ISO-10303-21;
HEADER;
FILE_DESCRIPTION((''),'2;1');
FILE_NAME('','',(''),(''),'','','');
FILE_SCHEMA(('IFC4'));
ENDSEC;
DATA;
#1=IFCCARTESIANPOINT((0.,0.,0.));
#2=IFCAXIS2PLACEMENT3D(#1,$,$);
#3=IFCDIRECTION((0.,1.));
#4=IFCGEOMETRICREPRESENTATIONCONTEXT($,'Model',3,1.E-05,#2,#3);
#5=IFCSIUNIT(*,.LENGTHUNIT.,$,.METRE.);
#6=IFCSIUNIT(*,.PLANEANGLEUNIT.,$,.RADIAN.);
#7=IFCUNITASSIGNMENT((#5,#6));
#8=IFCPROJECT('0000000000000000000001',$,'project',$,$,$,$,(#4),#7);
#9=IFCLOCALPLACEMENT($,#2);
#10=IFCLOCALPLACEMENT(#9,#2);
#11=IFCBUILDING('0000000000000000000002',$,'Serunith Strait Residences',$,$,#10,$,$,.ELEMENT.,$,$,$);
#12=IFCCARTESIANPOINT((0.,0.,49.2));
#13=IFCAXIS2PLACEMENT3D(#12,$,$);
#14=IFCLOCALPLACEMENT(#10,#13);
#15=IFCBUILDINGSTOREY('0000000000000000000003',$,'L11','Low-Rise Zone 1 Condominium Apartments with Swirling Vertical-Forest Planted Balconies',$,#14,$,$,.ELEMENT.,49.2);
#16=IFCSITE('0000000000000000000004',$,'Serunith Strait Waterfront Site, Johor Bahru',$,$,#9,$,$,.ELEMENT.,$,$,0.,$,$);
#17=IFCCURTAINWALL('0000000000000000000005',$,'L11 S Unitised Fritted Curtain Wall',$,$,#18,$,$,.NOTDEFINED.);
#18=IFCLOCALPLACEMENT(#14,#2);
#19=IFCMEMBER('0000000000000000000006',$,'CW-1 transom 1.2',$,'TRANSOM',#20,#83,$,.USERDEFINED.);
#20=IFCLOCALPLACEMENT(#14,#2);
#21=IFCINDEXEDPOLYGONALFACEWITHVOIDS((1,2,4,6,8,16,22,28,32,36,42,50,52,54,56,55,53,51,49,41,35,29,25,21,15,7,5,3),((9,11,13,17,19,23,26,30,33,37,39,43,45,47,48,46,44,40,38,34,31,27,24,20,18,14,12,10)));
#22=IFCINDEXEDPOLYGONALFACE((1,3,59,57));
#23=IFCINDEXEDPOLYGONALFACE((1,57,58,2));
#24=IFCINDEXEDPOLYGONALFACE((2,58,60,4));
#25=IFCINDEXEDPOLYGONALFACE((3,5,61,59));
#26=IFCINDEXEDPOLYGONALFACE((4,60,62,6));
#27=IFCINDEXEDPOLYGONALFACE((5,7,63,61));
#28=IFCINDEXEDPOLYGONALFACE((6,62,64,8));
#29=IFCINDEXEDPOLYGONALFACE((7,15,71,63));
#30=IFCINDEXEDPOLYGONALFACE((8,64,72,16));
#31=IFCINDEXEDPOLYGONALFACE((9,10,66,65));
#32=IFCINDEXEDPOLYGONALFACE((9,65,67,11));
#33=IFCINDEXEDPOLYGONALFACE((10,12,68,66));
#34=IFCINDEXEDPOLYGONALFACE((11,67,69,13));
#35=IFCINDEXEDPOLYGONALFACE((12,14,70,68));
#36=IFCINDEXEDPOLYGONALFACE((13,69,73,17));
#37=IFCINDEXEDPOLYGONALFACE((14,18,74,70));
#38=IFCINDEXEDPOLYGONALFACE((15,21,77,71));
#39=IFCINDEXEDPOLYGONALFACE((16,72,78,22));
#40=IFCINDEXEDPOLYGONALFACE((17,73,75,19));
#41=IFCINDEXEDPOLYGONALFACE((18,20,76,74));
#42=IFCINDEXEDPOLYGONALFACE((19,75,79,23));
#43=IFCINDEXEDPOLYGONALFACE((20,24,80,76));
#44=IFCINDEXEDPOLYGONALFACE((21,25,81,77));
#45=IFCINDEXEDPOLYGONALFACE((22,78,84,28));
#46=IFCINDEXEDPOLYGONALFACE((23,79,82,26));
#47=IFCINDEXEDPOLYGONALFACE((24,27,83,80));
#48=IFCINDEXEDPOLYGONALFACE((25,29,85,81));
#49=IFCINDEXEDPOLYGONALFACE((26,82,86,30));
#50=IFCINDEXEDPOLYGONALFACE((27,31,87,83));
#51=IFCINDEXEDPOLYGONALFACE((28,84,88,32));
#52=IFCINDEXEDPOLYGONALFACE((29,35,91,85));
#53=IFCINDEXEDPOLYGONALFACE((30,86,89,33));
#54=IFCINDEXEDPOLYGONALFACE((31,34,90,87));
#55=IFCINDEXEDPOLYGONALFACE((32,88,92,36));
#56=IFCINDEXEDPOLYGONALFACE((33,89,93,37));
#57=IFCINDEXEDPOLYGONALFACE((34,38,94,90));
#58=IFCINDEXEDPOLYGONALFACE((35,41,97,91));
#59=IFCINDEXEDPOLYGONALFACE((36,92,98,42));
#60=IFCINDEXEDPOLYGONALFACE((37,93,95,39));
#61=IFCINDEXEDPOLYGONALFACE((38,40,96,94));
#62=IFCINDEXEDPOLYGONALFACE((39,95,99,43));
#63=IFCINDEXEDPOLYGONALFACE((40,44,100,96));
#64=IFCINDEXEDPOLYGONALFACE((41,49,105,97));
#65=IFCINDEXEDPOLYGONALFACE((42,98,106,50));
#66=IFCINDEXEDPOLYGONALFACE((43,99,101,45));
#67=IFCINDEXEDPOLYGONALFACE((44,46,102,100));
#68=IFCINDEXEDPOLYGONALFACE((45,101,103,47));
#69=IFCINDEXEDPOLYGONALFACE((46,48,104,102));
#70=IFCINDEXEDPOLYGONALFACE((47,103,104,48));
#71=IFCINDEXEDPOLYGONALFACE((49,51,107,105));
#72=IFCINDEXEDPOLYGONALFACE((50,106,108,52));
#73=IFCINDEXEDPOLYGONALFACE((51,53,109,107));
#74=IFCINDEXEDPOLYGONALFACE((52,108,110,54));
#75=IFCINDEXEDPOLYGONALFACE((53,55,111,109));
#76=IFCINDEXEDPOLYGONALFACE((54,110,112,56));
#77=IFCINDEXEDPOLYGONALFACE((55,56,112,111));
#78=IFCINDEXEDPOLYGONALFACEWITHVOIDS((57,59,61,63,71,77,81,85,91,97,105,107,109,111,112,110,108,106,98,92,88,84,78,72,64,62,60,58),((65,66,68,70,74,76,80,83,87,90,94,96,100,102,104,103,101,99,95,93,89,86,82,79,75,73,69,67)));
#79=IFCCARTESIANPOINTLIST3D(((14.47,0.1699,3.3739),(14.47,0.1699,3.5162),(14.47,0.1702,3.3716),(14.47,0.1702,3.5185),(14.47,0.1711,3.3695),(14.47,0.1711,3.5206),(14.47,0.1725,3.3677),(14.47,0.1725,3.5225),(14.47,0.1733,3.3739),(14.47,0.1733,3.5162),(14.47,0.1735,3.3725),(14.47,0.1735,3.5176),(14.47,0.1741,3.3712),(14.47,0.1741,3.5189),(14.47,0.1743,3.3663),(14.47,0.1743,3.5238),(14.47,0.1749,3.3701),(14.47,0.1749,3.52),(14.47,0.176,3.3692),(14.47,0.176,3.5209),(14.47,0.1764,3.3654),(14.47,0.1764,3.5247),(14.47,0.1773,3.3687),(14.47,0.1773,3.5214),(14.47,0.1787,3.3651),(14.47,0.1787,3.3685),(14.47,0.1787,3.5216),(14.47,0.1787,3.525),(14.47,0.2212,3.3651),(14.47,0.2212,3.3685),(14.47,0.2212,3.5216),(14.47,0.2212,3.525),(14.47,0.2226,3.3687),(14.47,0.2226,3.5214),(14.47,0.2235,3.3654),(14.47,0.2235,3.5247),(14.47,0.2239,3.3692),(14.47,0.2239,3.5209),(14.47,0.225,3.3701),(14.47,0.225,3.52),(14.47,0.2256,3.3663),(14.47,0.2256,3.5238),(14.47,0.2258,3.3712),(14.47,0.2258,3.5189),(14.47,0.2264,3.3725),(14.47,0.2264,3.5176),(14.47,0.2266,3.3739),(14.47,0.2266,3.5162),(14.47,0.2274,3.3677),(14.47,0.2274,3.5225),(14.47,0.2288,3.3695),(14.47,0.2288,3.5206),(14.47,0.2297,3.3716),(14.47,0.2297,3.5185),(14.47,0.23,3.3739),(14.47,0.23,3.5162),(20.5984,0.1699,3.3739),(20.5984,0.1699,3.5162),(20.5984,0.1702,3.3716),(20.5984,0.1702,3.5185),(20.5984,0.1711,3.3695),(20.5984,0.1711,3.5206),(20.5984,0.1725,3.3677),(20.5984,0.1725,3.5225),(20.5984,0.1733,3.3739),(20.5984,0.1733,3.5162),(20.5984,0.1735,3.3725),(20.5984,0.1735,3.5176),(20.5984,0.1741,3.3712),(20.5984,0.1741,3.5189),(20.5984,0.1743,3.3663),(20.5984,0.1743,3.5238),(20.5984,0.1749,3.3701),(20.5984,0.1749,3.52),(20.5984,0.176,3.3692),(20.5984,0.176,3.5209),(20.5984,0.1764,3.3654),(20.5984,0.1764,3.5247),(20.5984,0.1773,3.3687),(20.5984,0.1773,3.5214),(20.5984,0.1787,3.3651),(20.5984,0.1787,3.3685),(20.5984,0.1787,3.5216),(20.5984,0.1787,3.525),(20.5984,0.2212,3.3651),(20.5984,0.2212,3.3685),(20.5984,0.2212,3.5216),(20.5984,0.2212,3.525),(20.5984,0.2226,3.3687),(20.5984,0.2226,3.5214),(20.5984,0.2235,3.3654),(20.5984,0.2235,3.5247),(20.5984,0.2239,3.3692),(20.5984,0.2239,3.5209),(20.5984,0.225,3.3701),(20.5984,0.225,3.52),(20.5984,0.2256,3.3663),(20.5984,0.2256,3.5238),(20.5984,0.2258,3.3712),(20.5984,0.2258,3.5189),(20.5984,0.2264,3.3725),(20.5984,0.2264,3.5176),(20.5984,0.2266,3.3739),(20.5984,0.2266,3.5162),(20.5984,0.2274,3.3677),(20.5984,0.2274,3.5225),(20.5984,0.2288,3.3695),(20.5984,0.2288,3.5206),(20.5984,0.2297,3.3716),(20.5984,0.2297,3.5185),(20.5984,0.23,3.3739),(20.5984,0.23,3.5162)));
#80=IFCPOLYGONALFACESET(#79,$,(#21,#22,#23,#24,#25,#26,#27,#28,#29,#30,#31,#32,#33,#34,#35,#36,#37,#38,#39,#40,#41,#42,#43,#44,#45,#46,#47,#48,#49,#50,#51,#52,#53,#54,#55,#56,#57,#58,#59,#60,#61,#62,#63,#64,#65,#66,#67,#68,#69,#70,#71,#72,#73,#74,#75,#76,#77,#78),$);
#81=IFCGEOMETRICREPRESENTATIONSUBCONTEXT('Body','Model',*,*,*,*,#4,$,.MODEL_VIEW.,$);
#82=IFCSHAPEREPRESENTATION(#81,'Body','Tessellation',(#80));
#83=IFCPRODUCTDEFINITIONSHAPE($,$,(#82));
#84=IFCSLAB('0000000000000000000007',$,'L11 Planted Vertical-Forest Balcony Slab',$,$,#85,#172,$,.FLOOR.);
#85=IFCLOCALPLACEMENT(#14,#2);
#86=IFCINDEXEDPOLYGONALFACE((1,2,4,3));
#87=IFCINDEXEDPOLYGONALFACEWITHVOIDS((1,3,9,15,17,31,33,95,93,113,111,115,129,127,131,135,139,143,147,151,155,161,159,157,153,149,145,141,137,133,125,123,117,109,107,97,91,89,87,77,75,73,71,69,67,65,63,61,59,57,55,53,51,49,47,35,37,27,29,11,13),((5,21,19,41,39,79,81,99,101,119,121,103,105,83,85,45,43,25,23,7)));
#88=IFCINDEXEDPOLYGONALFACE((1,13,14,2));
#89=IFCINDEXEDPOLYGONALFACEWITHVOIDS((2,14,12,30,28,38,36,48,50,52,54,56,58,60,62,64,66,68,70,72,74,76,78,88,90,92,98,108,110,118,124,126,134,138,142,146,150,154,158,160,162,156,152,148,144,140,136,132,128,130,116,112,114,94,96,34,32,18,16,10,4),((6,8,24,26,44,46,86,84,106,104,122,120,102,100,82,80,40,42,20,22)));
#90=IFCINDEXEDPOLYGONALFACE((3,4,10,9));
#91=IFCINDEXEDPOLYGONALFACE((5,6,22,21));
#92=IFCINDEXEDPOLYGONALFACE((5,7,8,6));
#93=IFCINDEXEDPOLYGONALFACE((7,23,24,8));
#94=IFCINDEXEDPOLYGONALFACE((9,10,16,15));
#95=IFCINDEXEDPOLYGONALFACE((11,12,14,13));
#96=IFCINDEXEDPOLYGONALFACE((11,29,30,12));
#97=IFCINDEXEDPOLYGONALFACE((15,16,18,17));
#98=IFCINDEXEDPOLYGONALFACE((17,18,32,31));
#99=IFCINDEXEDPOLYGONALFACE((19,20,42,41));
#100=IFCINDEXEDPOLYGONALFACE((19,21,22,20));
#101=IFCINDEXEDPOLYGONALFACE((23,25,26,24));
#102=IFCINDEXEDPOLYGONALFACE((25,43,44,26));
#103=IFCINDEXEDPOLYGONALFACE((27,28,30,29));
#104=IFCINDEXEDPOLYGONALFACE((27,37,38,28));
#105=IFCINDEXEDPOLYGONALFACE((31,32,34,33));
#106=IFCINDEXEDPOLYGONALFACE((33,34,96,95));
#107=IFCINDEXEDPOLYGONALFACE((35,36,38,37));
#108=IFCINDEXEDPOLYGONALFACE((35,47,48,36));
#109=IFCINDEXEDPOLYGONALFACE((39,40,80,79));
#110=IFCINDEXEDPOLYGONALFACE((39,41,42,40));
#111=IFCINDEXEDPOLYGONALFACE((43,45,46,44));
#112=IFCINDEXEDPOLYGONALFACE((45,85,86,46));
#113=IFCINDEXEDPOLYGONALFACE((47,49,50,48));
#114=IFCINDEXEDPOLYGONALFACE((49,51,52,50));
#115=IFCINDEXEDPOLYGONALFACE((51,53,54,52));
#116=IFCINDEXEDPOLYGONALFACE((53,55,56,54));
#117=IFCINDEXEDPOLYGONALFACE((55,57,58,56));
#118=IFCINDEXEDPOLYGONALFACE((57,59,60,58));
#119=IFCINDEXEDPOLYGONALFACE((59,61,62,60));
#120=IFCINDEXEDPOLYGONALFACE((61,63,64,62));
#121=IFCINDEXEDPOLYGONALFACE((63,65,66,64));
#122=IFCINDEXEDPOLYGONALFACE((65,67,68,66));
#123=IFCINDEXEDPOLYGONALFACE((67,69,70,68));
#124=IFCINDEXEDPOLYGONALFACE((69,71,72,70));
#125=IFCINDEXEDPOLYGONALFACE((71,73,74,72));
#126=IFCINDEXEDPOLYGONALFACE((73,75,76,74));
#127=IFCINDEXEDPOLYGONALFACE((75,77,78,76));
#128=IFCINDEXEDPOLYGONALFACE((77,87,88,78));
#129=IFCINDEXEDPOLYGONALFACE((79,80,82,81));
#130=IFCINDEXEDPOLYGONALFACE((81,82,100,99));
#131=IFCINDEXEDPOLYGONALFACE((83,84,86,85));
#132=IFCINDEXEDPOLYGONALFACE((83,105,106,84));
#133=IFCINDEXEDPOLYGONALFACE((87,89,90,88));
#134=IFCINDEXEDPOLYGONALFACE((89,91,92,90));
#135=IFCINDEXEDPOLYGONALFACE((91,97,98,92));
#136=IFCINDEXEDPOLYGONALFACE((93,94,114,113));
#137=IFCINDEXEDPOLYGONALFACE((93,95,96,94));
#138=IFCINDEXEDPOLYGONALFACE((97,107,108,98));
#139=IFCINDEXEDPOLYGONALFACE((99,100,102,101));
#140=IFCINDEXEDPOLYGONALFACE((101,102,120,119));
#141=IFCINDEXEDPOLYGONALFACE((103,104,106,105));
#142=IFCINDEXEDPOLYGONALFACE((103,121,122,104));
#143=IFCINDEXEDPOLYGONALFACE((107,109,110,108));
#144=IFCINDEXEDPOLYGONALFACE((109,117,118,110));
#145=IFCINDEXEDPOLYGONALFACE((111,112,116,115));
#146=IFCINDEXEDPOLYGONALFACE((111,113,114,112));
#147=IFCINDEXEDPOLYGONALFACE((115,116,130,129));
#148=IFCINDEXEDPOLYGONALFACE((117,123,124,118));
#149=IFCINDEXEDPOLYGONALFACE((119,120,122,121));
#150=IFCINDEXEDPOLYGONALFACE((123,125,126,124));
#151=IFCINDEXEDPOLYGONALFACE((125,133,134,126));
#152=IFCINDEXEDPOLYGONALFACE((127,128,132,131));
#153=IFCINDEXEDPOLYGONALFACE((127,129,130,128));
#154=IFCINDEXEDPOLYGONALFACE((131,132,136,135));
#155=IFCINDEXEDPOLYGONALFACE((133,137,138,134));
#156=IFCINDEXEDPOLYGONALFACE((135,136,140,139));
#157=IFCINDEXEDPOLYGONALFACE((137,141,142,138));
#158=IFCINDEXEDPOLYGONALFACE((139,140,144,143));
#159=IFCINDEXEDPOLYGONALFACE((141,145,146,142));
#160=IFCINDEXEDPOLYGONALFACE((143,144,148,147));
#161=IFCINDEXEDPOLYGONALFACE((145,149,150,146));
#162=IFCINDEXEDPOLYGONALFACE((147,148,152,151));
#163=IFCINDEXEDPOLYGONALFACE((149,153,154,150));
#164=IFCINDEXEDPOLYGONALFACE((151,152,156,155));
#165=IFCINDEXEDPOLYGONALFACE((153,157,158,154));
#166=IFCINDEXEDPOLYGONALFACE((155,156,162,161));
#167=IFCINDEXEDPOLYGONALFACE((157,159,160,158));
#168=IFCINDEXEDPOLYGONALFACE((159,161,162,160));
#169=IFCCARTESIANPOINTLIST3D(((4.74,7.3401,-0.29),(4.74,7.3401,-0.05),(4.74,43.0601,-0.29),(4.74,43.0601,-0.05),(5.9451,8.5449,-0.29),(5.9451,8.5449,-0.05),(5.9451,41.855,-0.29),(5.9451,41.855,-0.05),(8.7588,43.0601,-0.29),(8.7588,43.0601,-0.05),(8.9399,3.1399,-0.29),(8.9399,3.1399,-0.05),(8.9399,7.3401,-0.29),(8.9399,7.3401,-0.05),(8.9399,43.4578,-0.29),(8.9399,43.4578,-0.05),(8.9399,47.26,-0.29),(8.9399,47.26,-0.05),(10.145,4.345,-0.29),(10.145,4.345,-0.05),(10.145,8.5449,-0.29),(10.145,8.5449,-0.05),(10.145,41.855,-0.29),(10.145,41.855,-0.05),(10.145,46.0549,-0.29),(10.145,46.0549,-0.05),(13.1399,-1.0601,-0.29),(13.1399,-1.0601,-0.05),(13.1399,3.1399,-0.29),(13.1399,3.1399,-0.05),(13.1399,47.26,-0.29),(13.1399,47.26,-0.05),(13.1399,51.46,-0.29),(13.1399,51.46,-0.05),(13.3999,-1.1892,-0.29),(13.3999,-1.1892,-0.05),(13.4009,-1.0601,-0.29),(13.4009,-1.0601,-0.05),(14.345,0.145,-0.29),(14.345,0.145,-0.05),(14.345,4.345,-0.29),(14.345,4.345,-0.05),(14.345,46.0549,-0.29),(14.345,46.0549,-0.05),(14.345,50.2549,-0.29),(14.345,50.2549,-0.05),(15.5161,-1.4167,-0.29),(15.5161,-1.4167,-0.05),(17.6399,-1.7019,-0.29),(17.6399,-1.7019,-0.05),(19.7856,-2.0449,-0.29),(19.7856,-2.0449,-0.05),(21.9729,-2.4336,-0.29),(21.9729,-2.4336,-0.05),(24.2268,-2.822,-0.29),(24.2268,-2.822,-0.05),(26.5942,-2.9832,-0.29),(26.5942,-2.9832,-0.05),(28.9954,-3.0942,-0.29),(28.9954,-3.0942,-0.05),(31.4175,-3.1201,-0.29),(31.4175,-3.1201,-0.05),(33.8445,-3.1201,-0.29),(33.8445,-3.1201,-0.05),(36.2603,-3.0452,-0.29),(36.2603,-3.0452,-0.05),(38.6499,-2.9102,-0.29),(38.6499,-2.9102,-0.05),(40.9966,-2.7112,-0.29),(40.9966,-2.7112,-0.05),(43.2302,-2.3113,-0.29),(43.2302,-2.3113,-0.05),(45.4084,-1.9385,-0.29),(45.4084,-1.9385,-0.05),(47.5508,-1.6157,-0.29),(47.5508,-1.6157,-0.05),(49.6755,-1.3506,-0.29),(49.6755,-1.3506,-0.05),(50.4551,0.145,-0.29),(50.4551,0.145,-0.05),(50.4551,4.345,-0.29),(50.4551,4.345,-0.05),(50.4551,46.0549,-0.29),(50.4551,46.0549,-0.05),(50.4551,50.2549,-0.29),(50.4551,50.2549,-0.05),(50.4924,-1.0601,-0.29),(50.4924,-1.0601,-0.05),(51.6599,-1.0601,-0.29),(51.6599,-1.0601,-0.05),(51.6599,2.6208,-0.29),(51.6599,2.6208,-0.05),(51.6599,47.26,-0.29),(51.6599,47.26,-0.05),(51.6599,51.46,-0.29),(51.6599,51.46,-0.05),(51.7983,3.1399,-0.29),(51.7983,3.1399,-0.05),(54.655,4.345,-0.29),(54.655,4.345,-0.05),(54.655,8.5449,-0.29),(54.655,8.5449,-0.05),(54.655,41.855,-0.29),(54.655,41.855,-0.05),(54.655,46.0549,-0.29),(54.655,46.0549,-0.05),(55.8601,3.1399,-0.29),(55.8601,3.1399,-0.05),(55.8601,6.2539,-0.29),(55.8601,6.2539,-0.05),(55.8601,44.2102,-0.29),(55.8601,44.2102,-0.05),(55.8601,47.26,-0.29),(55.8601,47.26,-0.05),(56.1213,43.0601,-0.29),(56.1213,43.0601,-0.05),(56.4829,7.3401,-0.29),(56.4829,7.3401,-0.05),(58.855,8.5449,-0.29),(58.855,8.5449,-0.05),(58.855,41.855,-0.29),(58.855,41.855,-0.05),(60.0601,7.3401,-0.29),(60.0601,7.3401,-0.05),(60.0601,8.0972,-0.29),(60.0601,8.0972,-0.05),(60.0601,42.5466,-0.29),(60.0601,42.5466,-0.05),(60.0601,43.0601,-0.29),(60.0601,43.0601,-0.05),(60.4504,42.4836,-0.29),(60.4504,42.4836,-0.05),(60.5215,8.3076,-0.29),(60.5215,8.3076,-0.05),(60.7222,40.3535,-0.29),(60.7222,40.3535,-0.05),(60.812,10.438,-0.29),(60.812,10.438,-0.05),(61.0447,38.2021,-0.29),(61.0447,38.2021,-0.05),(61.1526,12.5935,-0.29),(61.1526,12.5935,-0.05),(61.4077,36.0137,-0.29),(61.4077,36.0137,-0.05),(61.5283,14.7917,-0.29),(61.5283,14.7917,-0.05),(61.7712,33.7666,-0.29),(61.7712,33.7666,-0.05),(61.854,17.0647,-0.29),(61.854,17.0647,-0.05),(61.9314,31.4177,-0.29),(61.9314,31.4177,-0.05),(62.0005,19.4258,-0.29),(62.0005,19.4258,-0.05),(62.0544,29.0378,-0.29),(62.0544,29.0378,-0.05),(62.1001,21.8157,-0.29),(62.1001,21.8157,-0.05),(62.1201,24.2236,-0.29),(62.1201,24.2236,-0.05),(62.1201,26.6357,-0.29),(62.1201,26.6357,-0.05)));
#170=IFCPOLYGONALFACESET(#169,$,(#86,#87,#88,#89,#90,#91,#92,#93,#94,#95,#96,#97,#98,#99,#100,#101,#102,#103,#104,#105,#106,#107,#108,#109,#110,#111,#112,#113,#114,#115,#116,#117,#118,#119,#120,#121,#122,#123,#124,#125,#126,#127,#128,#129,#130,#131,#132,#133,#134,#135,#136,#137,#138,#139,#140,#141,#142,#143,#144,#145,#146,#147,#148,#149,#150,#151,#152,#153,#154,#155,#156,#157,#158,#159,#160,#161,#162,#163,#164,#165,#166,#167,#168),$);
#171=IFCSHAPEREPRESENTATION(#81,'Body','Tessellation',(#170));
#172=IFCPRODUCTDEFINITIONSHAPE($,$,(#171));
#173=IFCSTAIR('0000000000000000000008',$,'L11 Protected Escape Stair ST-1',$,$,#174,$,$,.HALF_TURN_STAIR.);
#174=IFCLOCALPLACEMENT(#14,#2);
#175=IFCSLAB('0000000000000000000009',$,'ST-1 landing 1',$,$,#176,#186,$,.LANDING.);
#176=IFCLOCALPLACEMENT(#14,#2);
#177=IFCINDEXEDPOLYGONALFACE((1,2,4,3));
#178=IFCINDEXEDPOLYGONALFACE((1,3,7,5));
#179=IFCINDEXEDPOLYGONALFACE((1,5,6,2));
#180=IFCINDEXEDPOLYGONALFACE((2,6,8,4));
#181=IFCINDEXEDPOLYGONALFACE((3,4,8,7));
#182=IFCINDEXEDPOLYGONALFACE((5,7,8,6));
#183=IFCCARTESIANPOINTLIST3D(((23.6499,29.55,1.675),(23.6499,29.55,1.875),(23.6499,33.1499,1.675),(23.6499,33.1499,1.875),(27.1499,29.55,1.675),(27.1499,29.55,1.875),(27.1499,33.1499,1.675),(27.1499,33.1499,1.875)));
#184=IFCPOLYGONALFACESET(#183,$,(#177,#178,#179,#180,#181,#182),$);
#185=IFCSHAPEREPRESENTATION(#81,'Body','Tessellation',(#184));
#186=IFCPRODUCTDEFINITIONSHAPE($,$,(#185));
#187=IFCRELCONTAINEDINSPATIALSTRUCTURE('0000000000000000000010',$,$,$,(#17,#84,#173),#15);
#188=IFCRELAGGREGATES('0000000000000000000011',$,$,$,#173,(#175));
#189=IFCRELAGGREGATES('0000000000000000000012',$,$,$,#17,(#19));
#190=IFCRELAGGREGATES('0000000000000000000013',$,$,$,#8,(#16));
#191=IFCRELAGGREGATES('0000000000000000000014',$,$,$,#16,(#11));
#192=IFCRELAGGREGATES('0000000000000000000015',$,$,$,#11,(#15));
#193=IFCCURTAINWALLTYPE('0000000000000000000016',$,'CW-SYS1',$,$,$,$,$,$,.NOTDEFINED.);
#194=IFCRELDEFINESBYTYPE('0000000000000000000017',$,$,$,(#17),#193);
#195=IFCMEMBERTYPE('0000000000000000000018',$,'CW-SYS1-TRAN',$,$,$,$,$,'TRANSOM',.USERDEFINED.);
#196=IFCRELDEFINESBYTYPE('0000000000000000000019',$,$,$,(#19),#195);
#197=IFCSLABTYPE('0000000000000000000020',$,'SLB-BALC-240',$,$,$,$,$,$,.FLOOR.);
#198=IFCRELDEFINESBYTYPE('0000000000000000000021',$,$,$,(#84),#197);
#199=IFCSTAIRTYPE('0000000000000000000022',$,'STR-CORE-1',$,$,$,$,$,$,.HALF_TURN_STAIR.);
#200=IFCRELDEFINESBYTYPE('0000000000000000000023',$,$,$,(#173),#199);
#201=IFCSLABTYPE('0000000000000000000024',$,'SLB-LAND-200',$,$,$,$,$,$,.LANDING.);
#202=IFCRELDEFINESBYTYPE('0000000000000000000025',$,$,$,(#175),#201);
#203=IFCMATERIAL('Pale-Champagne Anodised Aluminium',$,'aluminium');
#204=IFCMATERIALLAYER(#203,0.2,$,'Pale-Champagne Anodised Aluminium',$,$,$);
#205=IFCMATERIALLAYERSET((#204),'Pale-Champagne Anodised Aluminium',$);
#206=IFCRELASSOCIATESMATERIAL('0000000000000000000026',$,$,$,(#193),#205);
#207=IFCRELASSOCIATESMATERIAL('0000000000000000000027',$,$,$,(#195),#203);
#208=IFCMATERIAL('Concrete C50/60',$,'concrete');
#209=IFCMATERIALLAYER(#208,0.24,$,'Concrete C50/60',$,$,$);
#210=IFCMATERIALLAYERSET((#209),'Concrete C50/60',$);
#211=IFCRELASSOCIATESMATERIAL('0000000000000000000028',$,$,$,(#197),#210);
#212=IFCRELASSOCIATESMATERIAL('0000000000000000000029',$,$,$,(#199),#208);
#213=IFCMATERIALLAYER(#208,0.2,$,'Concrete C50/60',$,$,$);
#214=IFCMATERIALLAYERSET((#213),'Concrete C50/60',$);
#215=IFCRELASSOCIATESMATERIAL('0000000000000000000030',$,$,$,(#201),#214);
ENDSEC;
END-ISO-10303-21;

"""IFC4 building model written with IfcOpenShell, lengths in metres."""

from ifc_helpers import new_model, si_unit, direction, frame, origin, origin_2d, place, context, subcontext, project, spatial, polyline, hollow_rectangle, outline, extrude, source, transform, mapped, material, layer, layer_set, material_profile, profile_set, type_object, element, aggregate, save


model = new_model("IFC4")

# Units and contexts
model_context = context("Model", 3, precision=1e-05, world=origin(), true_north=direction((0.0, 1.0)))
body_context = subcontext(model_context, "Body", "Model", "MODEL_VIEW")
ifc_project = project(units=[si_unit("LENGTHUNIT", "METRE"), si_unit("PLANEANGLEUNIT", "RADIAN")], contexts=[model_context])

# Site, building, storey
site_placement = place(None, origin())
site = spatial("IfcSite", under=ifc_project, at=site_placement, Name="Serunith Strait Waterfront Site, Johor Bahru", CompositionType="ELEMENT", RefElevation=0.0)
building_placement = place(site_placement, origin())
building = spatial("IfcBuilding", under=site, at=building_placement, Name="Serunith Strait Residences", CompositionType="ELEMENT")
storey_placement = place(building_placement, frame((0.0, 0.0, 49.2)))
storey = spatial("IfcBuildingStorey", under=building, at=storey_placement, Name="L11", Description="Low-Rise Zone 1 Condominium Apartments with Swirling Vertical-Forest Planted Balconies", CompositionType="ELEMENT", Elevation=49.2)

# Curtain wall
ifc_material_1 = material(Name="Pale-Champagne Anodised Aluminium", Category="aluminium")
ifc_layer_1 = layer(ifc_material_1, 0.2, Name="Pale-Champagne Anodised Aluminium")
ifc_layer_set_1 = layer_set([ifc_layer_1], Name="Pale-Champagne Anodised Aluminium")
curtain_wall_type = type_object("IfcCurtainWallType", Name="CW-SYS1", PredefinedType="NOTDEFINED", material=ifc_layer_set_1)
curtain_wall_1_placement = place(storey_placement, origin())
curtain_wall_1 = element("IfcCurtainWall", 1, at=curtain_wall_1_placement, inside=storey, type_object=curtain_wall_type, Name="L11 S Unitised Fritted Curtain Wall", PredefinedType="NOTDEFINED")

# Member
ifc_material_profile_1 = material_profile(ifc_material_1, hollow_rectangle(XDim=0.0601, YDim=0.1599, WallThickness=0.0034, InnerFilletRadius=0.0054, OuterFilletRadius=0.0088, at=origin_2d()), Name="ALU 160x60x3.5")
ifc_profile_set_1 = profile_set([ifc_material_profile_1], Name="Pale-Champagne Anodised Aluminium")
member_type_1 = type_object("IfcMemberType", Name="CW-SYS1-TRAN", ElementType="TRANSOM", PredefinedType="USERDEFINED", material=ifc_profile_set_1)
shared_shape_1 = source(origin(), body_context, "Body", "SweptSolid", [
    extrude(hollow_rectangle(XDim=0.0601, YDim=0.1599, WallThickness=0.0034, InnerFilletRadius=0.0054, OuterFilletRadius=0.0088, at=origin_2d()), origin(), (0.0, 0.0, 1.0), 6.1284),
])
member_1_placement = place(storey_placement, frame((14.47, 0.2, 3.4451), z_axis=(1.0, 0.0, 0.0), x_axis=(0.0, 1.0, 0.0)))
member_1 = element("IfcMember", 2, at=member_1_placement, type_object=member_type_1, Name="CW-1 transom 1.2", ObjectType="TRANSOM", PredefinedType="USERDEFINED", context=body_context, shape_type="MappedRepresentation", body=[
    mapped(shared_shape_1, transform((0.0, 0.0, 0.0), scale=1.0)),
])

# Slab
ifc_material_2 = material(Name="Concrete C50/60", Category="concrete")
ifc_layer_2 = layer(ifc_material_2, 0.24, Name="Concrete C50/60")
ifc_layer_set_2 = layer_set([ifc_layer_2], Name="Concrete C50/60")
slab_type_1 = type_object("IfcSlabType", Name="SLB-BALC-240", PredefinedType="FLOOR", material=ifc_layer_set_2)
slab_1_placement = place(storey_placement, frame((0.0, 0.0, -0.29)))
element("IfcSlab", 3, at=slab_1_placement, inside=storey, type_object=slab_type_1, Name="L11 Planted Vertical-Forest Balcony Slab", PredefinedType="FLOOR", context=body_context, shape_type="SweptSolid", body=[
    extrude(outline(polyline([(13.1399, 3.1399), (8.9399, 3.1399), (8.9399, 7.3401), (4.74, 7.3401), (4.74, 43.0601), (8.7588, 43.0601), (8.9399, 43.4578), (8.9399, 47.26), (13.1399, 47.26), (13.1399, 51.46), (51.6599, 51.46), (51.6599, 47.26), (55.8601, 47.26), (55.8601, 44.2102), (56.1213, 43.0601), (60.0601, 43.0601), (60.0601, 42.5466), (60.4504, 42.4836), (60.7222, 40.3535), (61.0447, 38.2021), (61.4077, 36.0137), (61.7712, 33.7666), (61.9314, 31.4177), (62.0544, 29.0378), (62.1201, 26.6357), (62.1201, 24.2236), (62.1001, 21.8157), (62.0005, 19.4258), (61.854, 17.0647), (61.5283, 14.7917), (61.1526, 12.5935), (60.812, 10.438), (60.5215, 8.3076), (60.0601, 8.0972), (60.0601, 7.3401), (56.4829, 7.3401), (55.8601, 6.2539), (55.8601, 3.1399), (51.7983, 3.1399), (51.6599, 2.6208), (51.6599, -1.0601), (50.4924, -1.0601), (49.6755, -1.3506), (47.5508, -1.6157), (45.4084, -1.9385), (43.2302, -2.3113), (40.9966, -2.7112), (38.6499, -2.9102), (36.2603, -3.0452), (33.8445, -3.1201), (31.4175, -3.1201), (28.9954, -3.0942), (26.5942, -2.9832), (24.2268, -2.822), (21.9729, -2.4336), (19.7856, -2.0449), (17.6399, -1.7019), (15.5161, -1.4167), (13.3999, -1.1892), (13.4009, -1.0601), (13.1399, -1.0601), (13.1399, 3.1399)]), holes=[polyline([(50.4551, 0.145), (50.4551, 4.345), (54.655, 4.345), (54.655, 8.5449), (58.855, 8.5449), (58.855, 41.855), (54.655, 41.855), (54.655, 46.0549), (50.4551, 46.0549), (50.4551, 50.2549), (14.345, 50.2549), (14.345, 46.0549), (10.145, 46.0549), (10.145, 41.855), (5.9451, 41.855), (5.9451, 8.5449), (10.145, 8.5449), (10.145, 4.345), (14.345, 4.345), (14.345, 0.145), (50.4551, 0.145)])]), origin(), (0.0, 0.0, 1.0), 0.24),
])

# Stair, slab
stair_type_1 = type_object("IfcStairType", Name="STR-CORE-1", PredefinedType="HALF_TURN_STAIR", material=ifc_material_2)
stair_1_placement = place(storey_placement, origin())
stair_1 = element("IfcStair", 4, at=stair_1_placement, inside=storey, type_object=stair_type_1, Name="L11 Protected Escape Stair ST-1", PredefinedType="HALF_TURN_STAIR")
ifc_layer_3 = layer(ifc_material_2, 0.2, Name="Concrete C50/60")
ifc_layer_set_3 = layer_set([ifc_layer_3], Name="Concrete C50/60")
slab_type_2 = type_object("IfcSlabType", Name="SLB-LAND-200", PredefinedType="LANDING", material=ifc_layer_set_3)
slab_2_placement = place(storey_placement, frame((0.0, 0.0, 1.675)))
slab_2 = element("IfcSlab", 5, at=slab_2_placement, type_object=slab_type_2, Name="ST-1 landing 1", PredefinedType="LANDING", context=body_context, shape_type="SweptSolid", body=[
    extrude(outline(polyline([(27.1499, 29.55), (27.1499, 33.1499), (23.6499, 33.1499), (23.6499, 29.55), (27.1499, 29.55)])), origin(), (0.0, 0.0, 1.0), 0.2),
])
aggregate(stair_1, [slab_2])

aggregate(curtain_wall_1, [member_1])

save(model, "model.ifc")
